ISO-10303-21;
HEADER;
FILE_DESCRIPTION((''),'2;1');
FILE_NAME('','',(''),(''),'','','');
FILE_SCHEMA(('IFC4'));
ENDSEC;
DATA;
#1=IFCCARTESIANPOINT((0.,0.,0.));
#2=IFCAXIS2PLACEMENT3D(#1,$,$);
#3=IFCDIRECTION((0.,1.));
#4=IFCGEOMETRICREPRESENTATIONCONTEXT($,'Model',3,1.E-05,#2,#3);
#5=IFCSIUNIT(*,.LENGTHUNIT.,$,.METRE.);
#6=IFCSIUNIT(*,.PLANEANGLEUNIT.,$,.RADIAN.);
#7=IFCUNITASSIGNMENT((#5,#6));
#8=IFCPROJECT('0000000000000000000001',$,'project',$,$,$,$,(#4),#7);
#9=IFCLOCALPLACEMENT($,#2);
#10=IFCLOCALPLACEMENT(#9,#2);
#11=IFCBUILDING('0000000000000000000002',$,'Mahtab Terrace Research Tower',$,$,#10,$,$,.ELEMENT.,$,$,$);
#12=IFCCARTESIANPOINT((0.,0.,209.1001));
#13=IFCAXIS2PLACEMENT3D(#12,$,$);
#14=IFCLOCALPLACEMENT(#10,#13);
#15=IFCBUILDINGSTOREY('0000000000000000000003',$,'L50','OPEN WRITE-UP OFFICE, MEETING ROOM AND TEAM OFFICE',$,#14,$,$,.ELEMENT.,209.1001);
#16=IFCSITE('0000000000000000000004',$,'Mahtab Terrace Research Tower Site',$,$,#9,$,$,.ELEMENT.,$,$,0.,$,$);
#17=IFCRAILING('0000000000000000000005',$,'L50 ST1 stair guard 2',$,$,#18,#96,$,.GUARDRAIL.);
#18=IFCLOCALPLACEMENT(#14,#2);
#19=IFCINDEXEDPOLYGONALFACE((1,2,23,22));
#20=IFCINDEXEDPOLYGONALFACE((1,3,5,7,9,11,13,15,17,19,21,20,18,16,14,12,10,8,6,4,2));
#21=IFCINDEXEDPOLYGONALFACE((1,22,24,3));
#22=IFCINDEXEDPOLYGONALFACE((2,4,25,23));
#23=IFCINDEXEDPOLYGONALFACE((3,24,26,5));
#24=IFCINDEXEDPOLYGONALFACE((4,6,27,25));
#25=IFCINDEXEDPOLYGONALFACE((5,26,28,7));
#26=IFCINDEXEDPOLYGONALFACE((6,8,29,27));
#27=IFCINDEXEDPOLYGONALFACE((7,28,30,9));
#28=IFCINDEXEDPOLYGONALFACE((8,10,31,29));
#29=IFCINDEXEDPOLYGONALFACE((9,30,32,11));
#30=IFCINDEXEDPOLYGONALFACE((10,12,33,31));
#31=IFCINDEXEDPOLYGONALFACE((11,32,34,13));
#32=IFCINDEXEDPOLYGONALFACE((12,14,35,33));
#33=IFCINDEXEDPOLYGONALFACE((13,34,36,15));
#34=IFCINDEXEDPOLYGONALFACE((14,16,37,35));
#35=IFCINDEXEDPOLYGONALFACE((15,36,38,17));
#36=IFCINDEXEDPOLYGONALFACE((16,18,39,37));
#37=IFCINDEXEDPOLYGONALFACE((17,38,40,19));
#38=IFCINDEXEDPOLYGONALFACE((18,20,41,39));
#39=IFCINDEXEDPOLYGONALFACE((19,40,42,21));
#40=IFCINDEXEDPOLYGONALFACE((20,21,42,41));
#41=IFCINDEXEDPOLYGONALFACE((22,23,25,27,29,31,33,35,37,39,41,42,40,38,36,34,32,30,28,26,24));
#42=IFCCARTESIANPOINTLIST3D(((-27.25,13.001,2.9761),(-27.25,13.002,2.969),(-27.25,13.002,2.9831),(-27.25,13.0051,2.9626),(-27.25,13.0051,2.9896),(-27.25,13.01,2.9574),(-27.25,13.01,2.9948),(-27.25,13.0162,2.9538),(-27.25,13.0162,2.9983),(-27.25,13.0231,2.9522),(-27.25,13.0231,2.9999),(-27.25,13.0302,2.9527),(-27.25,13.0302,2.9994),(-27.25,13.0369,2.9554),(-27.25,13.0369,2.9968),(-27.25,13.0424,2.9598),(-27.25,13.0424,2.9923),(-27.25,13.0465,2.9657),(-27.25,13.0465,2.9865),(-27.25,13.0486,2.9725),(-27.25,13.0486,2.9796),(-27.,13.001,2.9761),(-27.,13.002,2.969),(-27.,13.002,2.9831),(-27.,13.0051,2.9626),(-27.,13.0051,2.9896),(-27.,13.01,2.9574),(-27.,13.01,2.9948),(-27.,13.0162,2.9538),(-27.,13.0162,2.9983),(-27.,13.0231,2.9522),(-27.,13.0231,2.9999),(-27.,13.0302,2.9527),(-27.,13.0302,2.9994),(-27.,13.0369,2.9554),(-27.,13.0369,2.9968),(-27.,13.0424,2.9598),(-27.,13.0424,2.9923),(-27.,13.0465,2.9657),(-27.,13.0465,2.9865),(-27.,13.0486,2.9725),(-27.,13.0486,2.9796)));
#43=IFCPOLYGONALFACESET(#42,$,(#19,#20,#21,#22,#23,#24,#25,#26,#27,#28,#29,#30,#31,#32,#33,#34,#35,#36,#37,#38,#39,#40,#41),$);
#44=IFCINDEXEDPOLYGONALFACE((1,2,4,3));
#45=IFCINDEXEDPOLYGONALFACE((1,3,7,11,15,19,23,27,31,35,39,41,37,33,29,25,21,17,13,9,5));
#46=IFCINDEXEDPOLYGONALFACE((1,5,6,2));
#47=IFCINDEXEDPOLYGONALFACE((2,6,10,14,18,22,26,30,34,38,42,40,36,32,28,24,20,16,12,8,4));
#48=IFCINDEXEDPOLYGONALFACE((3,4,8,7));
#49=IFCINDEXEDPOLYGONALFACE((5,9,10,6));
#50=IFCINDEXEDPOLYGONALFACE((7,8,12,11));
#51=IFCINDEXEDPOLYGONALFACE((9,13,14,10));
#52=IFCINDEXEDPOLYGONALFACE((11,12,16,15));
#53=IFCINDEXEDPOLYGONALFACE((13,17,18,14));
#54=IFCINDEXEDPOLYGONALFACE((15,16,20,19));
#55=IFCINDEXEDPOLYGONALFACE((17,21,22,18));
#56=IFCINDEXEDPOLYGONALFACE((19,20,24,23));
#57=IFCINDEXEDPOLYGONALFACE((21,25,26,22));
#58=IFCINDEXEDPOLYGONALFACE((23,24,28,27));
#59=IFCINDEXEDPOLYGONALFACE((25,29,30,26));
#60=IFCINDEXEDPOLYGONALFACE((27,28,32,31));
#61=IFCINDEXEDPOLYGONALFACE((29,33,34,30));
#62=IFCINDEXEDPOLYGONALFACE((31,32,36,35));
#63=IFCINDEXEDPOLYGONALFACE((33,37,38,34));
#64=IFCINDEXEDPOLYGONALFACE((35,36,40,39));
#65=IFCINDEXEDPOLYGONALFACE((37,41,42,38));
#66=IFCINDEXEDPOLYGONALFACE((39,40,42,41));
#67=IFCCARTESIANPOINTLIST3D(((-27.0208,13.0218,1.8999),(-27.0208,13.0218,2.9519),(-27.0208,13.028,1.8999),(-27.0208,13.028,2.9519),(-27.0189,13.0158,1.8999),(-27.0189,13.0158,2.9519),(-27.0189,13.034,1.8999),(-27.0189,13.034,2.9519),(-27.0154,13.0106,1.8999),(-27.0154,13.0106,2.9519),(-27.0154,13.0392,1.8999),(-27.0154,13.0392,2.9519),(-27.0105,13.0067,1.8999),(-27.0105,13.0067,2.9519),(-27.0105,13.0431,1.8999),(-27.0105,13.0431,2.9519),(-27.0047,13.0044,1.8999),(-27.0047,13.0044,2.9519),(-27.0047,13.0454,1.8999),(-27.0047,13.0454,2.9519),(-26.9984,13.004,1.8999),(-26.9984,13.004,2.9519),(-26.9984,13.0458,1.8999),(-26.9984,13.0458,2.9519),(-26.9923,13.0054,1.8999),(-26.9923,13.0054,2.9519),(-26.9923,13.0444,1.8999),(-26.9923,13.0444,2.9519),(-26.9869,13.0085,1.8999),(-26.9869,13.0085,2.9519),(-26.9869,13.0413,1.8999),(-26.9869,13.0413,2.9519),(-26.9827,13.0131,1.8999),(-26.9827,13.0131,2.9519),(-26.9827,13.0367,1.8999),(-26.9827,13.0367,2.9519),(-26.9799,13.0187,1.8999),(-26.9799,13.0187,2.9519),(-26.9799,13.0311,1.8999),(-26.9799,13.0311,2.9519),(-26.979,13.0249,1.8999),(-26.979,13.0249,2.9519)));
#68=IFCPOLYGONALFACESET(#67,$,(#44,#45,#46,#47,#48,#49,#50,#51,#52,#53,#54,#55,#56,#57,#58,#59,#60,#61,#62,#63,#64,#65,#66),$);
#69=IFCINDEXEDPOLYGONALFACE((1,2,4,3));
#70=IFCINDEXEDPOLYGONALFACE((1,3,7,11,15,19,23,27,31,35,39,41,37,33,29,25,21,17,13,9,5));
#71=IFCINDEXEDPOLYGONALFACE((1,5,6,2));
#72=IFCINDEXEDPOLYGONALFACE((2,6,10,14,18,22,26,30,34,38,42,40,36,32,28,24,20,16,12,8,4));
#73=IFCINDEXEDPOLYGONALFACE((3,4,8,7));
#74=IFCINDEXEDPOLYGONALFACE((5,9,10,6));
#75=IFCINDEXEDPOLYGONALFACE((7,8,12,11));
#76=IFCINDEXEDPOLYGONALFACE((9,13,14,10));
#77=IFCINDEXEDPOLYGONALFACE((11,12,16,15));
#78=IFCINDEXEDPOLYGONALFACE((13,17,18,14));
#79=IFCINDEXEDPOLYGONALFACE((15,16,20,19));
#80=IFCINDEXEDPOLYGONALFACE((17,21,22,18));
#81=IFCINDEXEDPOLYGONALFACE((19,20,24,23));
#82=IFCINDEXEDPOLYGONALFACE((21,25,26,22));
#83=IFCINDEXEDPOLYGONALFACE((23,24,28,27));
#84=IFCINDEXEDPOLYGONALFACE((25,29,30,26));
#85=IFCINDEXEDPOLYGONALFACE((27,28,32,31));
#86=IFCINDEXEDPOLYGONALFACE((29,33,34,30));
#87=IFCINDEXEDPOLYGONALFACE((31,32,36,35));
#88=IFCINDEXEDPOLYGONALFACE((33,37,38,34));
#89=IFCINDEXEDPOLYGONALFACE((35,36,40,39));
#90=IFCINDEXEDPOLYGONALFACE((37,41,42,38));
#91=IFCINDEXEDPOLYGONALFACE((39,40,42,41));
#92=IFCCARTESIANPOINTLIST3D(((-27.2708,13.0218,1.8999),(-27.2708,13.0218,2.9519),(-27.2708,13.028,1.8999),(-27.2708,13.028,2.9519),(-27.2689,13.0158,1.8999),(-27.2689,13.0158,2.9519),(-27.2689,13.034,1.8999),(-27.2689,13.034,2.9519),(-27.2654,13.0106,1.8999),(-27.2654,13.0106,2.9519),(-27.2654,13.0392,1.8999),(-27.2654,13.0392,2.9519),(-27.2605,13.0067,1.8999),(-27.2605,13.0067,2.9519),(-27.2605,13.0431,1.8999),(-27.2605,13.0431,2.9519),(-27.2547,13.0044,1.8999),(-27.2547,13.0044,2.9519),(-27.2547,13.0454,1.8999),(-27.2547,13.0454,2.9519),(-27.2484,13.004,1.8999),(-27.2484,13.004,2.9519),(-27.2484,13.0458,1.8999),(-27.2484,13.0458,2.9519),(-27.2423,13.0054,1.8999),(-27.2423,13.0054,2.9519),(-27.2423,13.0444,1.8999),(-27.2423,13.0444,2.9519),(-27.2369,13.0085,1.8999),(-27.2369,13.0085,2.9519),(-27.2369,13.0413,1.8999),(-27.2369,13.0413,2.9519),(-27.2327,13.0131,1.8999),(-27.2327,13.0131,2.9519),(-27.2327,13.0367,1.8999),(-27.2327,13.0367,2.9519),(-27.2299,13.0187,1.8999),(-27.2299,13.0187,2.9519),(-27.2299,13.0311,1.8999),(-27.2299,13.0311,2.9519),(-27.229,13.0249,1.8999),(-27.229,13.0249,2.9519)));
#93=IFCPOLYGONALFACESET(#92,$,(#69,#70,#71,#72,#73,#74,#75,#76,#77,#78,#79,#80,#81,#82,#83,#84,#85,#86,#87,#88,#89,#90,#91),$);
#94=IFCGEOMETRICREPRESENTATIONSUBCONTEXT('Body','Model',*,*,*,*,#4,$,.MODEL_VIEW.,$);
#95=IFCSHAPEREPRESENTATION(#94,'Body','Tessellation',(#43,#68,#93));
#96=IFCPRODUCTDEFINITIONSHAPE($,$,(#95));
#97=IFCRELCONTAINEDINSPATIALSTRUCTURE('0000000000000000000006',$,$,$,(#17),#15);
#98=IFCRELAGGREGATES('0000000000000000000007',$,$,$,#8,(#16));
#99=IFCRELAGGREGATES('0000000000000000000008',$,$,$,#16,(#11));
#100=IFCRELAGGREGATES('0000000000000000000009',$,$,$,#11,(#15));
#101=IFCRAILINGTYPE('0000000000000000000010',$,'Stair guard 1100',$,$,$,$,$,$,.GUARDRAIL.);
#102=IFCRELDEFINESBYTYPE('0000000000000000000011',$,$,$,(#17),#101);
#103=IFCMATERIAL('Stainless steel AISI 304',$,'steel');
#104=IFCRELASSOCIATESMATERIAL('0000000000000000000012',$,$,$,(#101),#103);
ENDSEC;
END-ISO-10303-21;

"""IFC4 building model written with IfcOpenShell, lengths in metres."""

from ifc_helpers import new_model, si_unit, direction, frame, origin, origin_2d, place, context, subcontext, project, spatial, circle, extrude, material, type_object, element, save


model = new_model("IFC4")

# Units and contexts
model_context = context("Model", 3, precision=1e-05, world=origin(), true_north=direction((0.0, 1.0)))
body_context = subcontext(model_context, "Body", "Model", "MODEL_VIEW")
ifc_project = project(units=[si_unit("LENGTHUNIT", "METRE"), si_unit("PLANEANGLEUNIT", "RADIAN")], contexts=[model_context])

# Site, building, storey
site_placement = place(None, origin())
site = spatial("IfcSite", under=ifc_project, at=site_placement, Name="Mahtab Terrace Research Tower Site", CompositionType="ELEMENT", RefElevation=0.0)
building_placement = place(site_placement, origin())
building = spatial("IfcBuilding", under=site, at=building_placement, Name="Mahtab Terrace Research Tower", CompositionType="ELEMENT")
storey_placement = place(building_placement, frame((0.0, 0.0, 209.1001)))
storey = spatial("IfcBuildingStorey", under=building, at=storey_placement, Name="L50", Description="OPEN WRITE-UP OFFICE, MEETING ROOM AND TEAM OFFICE", CompositionType="ELEMENT", Elevation=209.1001)

# Railing
ifc_material_1 = material(Name="Stainless steel AISI 304", Category="steel")
railing_type_1 = type_object("IfcRailingType", Name="Stair guard 1100", PredefinedType="GUARDRAIL", material=ifc_material_1)
railing_1_placement = place(storey_placement, frame((-27.0, 13.0249, 1.8999)))
element("IfcRailing", 1, at=railing_1_placement, inside=storey, type_object=railing_type_1, Name="L50 ST1 stair guard 2", PredefinedType="GUARDRAIL", context=body_context, shape_type="SweptSolid", body=[
    extrude(circle(Radius=0.0239, at=origin_2d()), frame((0.0, 0.0, 1.0762), z_axis=(-1.0, 0.0, 0.0), x_axis=(0.0, -1.0, 0.0)), (0.0, 0.0, 1.0), 0.25),
    extrude(circle(Radius=0.021, at=origin_2d()), origin(), (0.0, 0.0, 1.0), 1.052),
    extrude(circle(Radius=0.021, at=origin_2d()), frame((-0.25, 0.0, 0.0)), (0.0, 0.0, 1.0), 1.052),
])

save(model, "model.ifc")
